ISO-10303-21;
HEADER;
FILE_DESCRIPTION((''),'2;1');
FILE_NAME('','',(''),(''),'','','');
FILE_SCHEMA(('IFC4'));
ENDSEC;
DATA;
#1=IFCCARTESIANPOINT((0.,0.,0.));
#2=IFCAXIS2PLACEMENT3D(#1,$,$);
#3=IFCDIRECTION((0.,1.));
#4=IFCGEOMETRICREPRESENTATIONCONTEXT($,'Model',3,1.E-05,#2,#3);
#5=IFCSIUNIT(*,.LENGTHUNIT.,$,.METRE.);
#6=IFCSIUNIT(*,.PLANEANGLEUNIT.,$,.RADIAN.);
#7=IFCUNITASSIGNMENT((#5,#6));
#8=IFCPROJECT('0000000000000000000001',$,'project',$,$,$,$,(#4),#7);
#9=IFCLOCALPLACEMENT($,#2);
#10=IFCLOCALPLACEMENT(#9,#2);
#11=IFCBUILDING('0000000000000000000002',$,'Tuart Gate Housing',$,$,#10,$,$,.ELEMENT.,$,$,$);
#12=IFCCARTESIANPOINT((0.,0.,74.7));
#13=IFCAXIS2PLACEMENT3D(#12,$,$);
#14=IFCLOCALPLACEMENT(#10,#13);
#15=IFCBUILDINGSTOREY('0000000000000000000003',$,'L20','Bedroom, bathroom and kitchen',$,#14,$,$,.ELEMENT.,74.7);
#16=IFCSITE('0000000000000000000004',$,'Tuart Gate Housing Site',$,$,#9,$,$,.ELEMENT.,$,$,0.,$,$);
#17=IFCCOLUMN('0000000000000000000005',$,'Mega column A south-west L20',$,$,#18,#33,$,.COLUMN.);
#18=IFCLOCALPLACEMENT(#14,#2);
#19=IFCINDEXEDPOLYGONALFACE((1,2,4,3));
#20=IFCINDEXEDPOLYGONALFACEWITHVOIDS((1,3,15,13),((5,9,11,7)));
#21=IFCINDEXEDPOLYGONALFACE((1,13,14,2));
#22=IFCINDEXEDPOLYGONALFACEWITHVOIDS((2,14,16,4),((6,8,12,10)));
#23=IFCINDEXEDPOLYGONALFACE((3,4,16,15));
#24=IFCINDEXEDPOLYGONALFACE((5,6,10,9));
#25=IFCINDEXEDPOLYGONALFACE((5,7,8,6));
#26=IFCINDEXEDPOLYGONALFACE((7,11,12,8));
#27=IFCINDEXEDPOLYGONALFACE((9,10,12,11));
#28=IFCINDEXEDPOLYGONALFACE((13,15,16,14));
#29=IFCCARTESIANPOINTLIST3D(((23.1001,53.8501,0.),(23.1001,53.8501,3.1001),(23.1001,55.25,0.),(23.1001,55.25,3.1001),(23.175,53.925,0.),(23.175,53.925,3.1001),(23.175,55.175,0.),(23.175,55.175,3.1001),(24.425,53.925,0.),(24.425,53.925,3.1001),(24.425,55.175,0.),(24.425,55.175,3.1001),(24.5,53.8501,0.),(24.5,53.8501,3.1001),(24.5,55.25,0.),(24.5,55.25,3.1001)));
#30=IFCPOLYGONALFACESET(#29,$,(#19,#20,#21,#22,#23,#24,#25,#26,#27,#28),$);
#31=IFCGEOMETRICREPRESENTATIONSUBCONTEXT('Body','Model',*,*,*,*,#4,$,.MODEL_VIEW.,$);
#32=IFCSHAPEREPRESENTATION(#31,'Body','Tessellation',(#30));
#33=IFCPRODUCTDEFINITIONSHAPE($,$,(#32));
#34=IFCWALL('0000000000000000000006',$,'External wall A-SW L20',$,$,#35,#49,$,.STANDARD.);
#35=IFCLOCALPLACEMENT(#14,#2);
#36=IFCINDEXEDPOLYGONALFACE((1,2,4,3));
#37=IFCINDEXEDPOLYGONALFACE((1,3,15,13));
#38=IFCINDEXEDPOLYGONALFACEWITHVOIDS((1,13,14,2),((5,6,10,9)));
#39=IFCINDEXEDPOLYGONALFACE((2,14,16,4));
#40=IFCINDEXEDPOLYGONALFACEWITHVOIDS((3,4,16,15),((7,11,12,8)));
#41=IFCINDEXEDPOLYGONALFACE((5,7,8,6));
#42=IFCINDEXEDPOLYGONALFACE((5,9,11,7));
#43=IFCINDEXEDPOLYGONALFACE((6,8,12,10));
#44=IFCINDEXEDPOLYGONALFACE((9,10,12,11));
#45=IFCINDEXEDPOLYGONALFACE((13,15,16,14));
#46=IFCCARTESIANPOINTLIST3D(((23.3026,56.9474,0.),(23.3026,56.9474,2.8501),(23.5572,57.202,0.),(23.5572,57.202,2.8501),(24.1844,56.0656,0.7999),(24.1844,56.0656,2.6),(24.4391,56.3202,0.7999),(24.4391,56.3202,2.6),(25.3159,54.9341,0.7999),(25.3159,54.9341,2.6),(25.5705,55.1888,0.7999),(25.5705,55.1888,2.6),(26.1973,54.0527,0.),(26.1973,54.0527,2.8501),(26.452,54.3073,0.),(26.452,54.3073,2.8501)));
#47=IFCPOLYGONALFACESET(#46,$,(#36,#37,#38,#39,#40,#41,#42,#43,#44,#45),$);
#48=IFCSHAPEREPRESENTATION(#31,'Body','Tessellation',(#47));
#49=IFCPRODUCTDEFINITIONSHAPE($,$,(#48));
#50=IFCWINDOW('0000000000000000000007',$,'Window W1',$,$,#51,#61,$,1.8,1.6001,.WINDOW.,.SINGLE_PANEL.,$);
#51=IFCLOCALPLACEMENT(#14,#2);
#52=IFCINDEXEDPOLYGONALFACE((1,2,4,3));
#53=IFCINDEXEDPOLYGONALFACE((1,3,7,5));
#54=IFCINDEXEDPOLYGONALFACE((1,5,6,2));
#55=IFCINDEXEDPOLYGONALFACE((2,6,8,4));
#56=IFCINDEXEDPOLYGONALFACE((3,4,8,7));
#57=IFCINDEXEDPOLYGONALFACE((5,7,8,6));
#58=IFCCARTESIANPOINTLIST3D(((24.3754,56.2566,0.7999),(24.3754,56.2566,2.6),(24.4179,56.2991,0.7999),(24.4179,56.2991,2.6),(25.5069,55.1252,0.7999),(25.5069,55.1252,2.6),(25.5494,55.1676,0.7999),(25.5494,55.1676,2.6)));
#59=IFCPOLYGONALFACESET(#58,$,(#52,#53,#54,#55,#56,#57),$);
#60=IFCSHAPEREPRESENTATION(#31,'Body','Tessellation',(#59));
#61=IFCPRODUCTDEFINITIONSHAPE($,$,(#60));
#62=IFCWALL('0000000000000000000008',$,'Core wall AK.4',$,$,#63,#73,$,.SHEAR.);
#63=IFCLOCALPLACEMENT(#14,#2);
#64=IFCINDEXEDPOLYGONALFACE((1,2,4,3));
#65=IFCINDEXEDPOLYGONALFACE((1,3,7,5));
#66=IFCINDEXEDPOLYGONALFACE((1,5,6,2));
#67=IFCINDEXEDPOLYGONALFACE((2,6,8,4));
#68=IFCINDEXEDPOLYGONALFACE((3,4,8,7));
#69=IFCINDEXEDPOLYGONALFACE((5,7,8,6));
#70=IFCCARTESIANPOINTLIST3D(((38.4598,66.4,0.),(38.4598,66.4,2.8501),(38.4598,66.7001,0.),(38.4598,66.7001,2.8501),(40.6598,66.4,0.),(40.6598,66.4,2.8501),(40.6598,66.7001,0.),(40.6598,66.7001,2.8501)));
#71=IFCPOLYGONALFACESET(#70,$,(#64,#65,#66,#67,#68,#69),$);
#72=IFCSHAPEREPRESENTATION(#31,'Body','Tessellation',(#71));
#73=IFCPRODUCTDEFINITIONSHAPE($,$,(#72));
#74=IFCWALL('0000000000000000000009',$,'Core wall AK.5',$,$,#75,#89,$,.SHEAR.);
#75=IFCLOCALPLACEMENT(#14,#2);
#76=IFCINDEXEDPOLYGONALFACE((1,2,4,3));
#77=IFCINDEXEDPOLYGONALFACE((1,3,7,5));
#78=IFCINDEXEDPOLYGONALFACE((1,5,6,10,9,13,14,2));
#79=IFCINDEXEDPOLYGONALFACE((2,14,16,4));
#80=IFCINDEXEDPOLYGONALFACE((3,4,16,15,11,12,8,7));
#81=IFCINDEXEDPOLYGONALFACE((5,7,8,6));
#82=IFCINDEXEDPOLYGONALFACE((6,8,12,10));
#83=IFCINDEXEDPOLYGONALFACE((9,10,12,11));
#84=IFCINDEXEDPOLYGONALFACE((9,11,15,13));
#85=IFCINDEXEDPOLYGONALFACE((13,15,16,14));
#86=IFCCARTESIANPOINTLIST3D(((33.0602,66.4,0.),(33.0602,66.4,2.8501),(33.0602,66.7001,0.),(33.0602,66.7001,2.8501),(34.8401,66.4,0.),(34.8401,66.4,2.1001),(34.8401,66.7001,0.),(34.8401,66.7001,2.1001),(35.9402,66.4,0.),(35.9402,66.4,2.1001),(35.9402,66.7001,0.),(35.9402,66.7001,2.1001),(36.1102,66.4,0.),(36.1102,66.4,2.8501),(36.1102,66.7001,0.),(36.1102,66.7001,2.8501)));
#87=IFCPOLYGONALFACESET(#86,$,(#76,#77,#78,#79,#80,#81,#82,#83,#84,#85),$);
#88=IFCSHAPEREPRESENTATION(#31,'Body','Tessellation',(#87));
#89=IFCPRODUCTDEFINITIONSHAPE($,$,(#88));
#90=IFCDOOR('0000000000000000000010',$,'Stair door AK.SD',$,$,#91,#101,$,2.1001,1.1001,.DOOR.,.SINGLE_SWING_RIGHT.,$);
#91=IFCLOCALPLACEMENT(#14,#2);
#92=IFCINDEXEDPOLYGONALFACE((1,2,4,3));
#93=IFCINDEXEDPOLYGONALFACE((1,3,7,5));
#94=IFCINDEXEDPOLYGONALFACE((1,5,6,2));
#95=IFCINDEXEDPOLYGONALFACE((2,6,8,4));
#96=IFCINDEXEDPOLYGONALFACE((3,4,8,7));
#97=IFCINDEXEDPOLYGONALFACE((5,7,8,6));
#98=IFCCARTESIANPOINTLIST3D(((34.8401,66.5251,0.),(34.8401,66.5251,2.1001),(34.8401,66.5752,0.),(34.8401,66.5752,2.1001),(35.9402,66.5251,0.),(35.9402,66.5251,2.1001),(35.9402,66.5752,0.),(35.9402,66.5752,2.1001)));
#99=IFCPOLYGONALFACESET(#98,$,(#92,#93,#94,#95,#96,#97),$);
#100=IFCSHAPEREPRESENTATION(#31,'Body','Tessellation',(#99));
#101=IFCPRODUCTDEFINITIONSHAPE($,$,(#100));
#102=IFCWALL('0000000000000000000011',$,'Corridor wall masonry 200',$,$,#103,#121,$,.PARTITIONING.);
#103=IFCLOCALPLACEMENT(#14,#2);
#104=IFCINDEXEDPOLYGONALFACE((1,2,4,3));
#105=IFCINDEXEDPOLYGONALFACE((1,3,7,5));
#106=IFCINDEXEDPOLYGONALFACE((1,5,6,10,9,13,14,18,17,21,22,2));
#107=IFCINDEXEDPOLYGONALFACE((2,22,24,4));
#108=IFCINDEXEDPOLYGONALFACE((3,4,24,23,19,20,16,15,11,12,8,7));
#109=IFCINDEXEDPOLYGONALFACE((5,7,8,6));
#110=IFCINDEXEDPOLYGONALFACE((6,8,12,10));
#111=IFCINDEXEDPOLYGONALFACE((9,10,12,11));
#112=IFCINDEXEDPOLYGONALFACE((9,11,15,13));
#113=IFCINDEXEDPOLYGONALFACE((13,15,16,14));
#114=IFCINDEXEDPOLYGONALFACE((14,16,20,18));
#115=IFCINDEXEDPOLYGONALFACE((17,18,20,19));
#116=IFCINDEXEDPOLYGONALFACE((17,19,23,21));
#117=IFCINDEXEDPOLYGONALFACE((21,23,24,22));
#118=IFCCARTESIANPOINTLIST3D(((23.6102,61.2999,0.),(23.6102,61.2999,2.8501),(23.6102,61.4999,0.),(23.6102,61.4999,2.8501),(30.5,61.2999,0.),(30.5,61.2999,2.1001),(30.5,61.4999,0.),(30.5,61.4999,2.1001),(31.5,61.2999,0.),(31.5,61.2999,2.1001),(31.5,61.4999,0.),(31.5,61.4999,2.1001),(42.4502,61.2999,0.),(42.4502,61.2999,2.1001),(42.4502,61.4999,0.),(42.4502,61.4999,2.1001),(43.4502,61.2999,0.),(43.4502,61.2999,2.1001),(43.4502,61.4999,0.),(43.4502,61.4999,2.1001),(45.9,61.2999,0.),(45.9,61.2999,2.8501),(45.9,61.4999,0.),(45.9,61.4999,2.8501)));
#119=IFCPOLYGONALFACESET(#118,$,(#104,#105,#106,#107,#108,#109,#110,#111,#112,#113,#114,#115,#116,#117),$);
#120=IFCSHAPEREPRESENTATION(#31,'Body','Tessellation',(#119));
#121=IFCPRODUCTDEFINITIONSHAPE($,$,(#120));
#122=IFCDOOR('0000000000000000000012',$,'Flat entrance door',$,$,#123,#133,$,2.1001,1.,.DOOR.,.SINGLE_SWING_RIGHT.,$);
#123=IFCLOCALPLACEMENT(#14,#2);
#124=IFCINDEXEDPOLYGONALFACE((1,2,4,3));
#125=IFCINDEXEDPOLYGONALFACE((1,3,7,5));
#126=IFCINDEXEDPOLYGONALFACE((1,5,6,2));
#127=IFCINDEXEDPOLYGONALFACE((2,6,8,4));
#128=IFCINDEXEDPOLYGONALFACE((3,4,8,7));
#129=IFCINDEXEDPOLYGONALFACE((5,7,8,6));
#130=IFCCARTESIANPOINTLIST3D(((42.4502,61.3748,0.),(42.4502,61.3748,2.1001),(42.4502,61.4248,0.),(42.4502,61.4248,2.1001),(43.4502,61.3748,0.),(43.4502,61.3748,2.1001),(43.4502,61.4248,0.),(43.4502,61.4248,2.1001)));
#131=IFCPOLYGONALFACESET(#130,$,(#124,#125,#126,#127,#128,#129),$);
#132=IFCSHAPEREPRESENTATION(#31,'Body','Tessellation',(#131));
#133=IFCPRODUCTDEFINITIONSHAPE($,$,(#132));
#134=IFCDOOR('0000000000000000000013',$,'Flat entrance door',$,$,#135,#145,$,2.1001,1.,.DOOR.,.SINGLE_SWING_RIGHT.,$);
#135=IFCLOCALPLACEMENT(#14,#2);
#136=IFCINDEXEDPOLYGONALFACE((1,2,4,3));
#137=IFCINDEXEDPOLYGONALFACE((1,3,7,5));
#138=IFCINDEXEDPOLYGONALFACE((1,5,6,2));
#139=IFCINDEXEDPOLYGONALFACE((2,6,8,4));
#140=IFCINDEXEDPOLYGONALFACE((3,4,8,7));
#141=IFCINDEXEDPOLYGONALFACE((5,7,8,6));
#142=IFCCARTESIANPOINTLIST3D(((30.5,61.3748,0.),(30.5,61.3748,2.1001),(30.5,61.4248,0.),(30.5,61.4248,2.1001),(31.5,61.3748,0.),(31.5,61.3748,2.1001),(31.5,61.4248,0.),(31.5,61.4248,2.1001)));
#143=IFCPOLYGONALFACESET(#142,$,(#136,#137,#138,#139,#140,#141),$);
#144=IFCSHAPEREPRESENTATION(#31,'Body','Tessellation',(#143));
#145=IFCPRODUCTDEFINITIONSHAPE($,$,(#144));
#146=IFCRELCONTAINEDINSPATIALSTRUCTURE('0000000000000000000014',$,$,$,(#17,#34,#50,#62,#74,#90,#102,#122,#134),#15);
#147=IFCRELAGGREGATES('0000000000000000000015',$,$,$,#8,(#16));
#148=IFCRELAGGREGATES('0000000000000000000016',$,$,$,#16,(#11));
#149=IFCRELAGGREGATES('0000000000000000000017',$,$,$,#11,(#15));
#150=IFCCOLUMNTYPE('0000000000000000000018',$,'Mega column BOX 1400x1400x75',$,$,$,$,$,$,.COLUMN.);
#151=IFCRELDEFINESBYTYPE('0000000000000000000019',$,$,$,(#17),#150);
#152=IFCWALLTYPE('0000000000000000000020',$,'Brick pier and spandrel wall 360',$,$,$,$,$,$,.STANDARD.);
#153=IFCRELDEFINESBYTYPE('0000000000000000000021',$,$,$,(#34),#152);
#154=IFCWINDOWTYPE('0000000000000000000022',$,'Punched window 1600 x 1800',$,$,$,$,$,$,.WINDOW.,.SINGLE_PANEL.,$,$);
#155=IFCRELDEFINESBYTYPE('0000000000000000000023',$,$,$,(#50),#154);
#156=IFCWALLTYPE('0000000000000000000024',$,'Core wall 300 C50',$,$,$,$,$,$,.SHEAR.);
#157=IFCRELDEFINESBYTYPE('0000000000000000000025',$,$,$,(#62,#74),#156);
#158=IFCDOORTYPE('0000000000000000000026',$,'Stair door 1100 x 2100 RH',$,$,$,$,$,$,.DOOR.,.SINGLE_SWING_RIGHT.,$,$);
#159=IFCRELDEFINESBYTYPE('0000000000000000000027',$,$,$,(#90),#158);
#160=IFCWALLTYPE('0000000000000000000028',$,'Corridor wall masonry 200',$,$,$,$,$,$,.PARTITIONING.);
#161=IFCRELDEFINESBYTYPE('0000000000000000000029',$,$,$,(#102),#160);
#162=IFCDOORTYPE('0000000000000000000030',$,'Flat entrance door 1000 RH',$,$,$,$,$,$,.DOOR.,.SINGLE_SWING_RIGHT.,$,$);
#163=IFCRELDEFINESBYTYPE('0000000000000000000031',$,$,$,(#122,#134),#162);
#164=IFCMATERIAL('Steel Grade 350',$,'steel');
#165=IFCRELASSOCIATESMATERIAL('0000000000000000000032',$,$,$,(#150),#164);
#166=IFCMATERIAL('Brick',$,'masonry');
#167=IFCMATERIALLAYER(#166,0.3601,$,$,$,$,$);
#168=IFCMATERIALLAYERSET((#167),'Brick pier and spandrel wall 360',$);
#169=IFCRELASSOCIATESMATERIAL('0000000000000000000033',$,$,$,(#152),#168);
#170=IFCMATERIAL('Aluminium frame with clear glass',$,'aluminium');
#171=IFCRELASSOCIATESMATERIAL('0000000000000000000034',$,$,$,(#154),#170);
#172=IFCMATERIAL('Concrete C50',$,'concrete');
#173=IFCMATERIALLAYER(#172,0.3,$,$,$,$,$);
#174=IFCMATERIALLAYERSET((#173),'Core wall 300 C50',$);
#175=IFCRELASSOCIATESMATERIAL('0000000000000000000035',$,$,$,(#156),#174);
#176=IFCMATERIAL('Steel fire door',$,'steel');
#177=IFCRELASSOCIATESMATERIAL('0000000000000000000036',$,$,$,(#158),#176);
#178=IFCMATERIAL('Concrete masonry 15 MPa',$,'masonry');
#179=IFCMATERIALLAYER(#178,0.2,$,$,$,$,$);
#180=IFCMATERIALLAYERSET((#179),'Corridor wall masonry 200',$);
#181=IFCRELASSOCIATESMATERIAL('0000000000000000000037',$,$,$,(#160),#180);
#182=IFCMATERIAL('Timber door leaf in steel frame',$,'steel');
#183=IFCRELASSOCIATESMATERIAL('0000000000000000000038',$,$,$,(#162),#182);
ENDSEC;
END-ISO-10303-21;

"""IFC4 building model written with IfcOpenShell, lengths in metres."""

from ifc_helpers import new_model, si_unit, direction, frame, frame_2d, origin, origin_2d, place, context, subcontext, project, spatial, rectangle, hollow_rectangle, extrude, material, layer, layer_set, material_profile, profile_set, type_object, element, fill, save


model = new_model("IFC4")

# Units and contexts
model_context = context("Model", 3, precision=1e-05, world=origin(), true_north=direction((0.0, 1.0)))
body_context = subcontext(model_context, "Body", "Model", "MODEL_VIEW")
ifc_project = project(units=[si_unit("LENGTHUNIT", "METRE"), si_unit("PLANEANGLEUNIT", "RADIAN")], contexts=[model_context])

# Site, building, storey
site_placement = place(None, origin())
site = spatial("IfcSite", under=ifc_project, at=site_placement, Name="Tuart Gate Housing Site", CompositionType="ELEMENT", RefElevation=0.0)
building_placement = place(site_placement, origin())
building = spatial("IfcBuilding", under=site, at=building_placement, Name="Tuart Gate Housing", CompositionType="ELEMENT")
storey_placement = place(building_placement, frame((0.0, 0.0, 74.7)))
storey = spatial("IfcBuildingStorey", under=building, at=storey_placement, Name="L20", Description="Bedroom, bathroom and kitchen", CompositionType="ELEMENT", Elevation=74.7)

# Column
ifc_material_1 = material(Name="Steel Grade 350", Category="steel")
ifc_material_profile = material_profile(ifc_material_1, hollow_rectangle(XDim=1.3999, YDim=1.3999, WallThickness=0.075, at=origin_2d()), Name="BOX 1400x1400x75")
ifc_profile_set = profile_set([ifc_material_profile], Name="Steel Grade 350")
column_type = type_object("IfcColumnType", Name="Mega column BOX 1400x1400x75", PredefinedType="COLUMN", material=ifc_profile_set)
column_placement = place(storey_placement, frame((23.8, 54.55, 0.0), z_axis=(0.0, 0.0, 1.0), x_axis=(1.0, 0.0, 0.0)))
element("IfcColumn", 1, at=column_placement, inside=storey, type_object=column_type, Name="Mega column A south-west L20", PredefinedType="COLUMN", context=body_context, shape_type="SweptSolid", body=[
    extrude(hollow_rectangle(XDim=1.3999, YDim=1.3999, WallThickness=0.075, at=origin_2d()), origin(), (0.0, 0.0, 1.0), 3.1001),
])

# Wall, opening, window
ifc_material_2 = material(Name="Brick", Category="masonry")
ifc_layer_1 = layer(ifc_material_2, 0.3601)
ifc_layer_set_1 = layer_set([ifc_layer_1], Name="Brick pier and spandrel wall 360")
wall_type_1 = type_object("IfcWallType", Name="Brick pier and spandrel wall 360", PredefinedType="STANDARD", material=ifc_layer_set_1)
wall_1_placement = place(storey_placement, frame((23.4299, 57.0747, 0.0), z_axis=(0.0, 0.0, 1.0), x_axis=(0.707107, -0.707107, 0.0)))
wall_1 = element("IfcWall", 2, at=wall_1_placement, inside=storey, type_object=wall_type_1, Name="External wall A-SW L20", PredefinedType="STANDARD", context=body_context, shape_type="SweptSolid", body=[
    extrude(rectangle(XDim=4.0938, YDim=0.3601, at=frame_2d((2.0469, 0.0))), origin(), (0.0, 0.0, 1.0), 2.8501),
])
opening_1_placement = place(wall_1_placement, frame((1.2471, 0.0, 0.8)))
opening_1 = element("IfcOpeningElement", 3, at=opening_1_placement, cuts=wall_1, PredefinedType="OPENING", context=body_context, shape_type="SweptSolid", body=[
    extrude(rectangle(XDim=1.6001, YDim=1.8, at=frame_2d((0.8, 0.8999))), frame((0.0, 0.1899, 0.0), z_axis=(0.0, -1.0, 0.0), x_axis=(1.0, 0.0, 0.0)), (0.0, 0.0, 1.0), 0.3801),
])
ifc_material_3 = material(Name="Aluminium frame with clear glass", Category="aluminium")
window_type = type_object("IfcWindowType", Name="Punched window 1600 x 1800", PartitioningType="SINGLE_PANEL", PredefinedType="WINDOW", material=ifc_material_3)
window_placement = place(opening_1_placement, origin())
window = element("IfcWindow", 4, at=window_placement, inside=storey, type_object=window_type, Name="Window W1", OverallHeight=1.8, OverallWidth=1.6001, PartitioningType="SINGLE_PANEL", PredefinedType="WINDOW", context=body_context, shape_type="SweptSolid", body=[
    extrude(rectangle(XDim=1.6001, YDim=1.8, at=frame_2d((0.8, 0.8999))), frame((0.0, 0.1501, 0.0), z_axis=(0.0, -1.0, 0.0), x_axis=(1.0, 0.0, 0.0)), (0.0, 0.0, 1.0), 0.0601),
])
fill(opening_1, window)

# Wall
ifc_material_4 = material(Name="Concrete C50", Category="concrete")
ifc_layer_2 = layer(ifc_material_4, 0.3)
ifc_layer_set_2 = layer_set([ifc_layer_2], Name="Core wall 300 C50")
wall_type_2 = type_object("IfcWallType", Name="Core wall 300 C50", PredefinedType="SHEAR", material=ifc_layer_set_2)
wall_2_placement = place(storey_placement, frame((40.6599, 66.55, 0.0), z_axis=(0.0, 0.0, 1.0), x_axis=(-1.0, 0.0, 0.0)))
element("IfcWall", 5, at=wall_2_placement, inside=storey, type_object=wall_type_2, Name="Core wall AK.4", PredefinedType="SHEAR", context=body_context, shape_type="SweptSolid", body=[
    extrude(rectangle(XDim=2.2, YDim=0.3, at=frame_2d((1.1001, 0.0))), origin(), (0.0, 0.0, 1.0), 2.8501),
])

# Wall, opening, door
wall_3_placement = place(storey_placement, frame((36.1101, 66.55, 0.0), z_axis=(0.0, 0.0, 1.0), x_axis=(-1.0, 0.0, 0.0)))
wall_3 = element("IfcWall", 6, at=wall_3_placement, inside=storey, type_object=wall_type_2, Name="Core wall AK.5", PredefinedType="SHEAR", context=body_context, shape_type="SweptSolid", body=[
    extrude(rectangle(XDim=3.05, YDim=0.3, at=frame_2d((1.5249, 0.0))), origin(), (0.0, 0.0, 1.0), 2.8501),
])
opening_2_placement = place(wall_3_placement, frame((0.1699, 0.0, 0.0)))
opening_2 = element("IfcOpeningElement", 7, at=opening_2_placement, cuts=wall_3, PredefinedType="OPENING", context=body_context, shape_type="SweptSolid", body=[
    extrude(rectangle(XDim=1.1001, YDim=2.1001, at=frame_2d((0.55, 1.05))), frame((0.0, 0.1599, 0.0), z_axis=(0.0, -1.0, 0.0), x_axis=(1.0, 0.0, 0.0)), (0.0, 0.0, 1.0), 0.3201),
])
ifc_material_5 = material(Name="Steel fire door", Category="steel")
door_type_1 = type_object("IfcDoorType", Name="Stair door 1100 x 2100 RH", OperationType="SINGLE_SWING_RIGHT", PredefinedType="DOOR", material=ifc_material_5)
door_1_placement = place(opening_2_placement, frame((1.1001, 0.0, 0.0), z_axis=(0.0, 0.0, 1.0), x_axis=(-1.0, 0.0, 0.0)))
door_1 = element("IfcDoor", 8, at=door_1_placement, inside=storey, type_object=door_type_1, Name="Stair door AK.SD", OperationType="SINGLE_SWING_RIGHT", OverallHeight=2.1001, OverallWidth=1.1001, PredefinedType="DOOR", context=body_context, shape_type="SweptSolid", body=[
    extrude(rectangle(XDim=1.1001, YDim=2.1001, at=frame_2d((0.55, 1.05))), frame((0.0, 0.0251, 0.0), z_axis=(0.0, -1.0, 0.0), x_axis=(1.0, 0.0, 0.0)), (0.0, 0.0, 1.0), 0.05),
])
fill(opening_2, door_1)

# Wall, openings, doors
ifc_material_6 = material(Name="Concrete masonry 15 MPa", Category="masonry")
ifc_layer_3 = layer(ifc_material_6, 0.2)
ifc_layer_set_3 = layer_set([ifc_layer_3], Name="Corridor wall masonry 200")
wall_type_3 = type_object("IfcWallType", Name="Corridor wall masonry 200", PredefinedType="PARTITIONING", material=ifc_layer_set_3)
wall_4_placement = place(storey_placement, frame((23.6101, 61.3999, 0.0), z_axis=(0.0, 0.0, 1.0), x_axis=(1.0, 0.0, 0.0)))
wall_4 = element("IfcWall", 9, at=wall_4_placement, inside=storey, type_object=wall_type_3, Name="Corridor wall masonry 200", PredefinedType="PARTITIONING", context=body_context, shape_type="SweptSolid", body=[
    extrude(rectangle(XDim=22.2898, YDim=0.2, at=frame_2d((11.145, 0.0))), origin(), (0.0, 0.0, 1.0), 2.8501),
])
opening_3_placement = place(wall_4_placement, frame((18.8401, 0.0, 0.0)))
opening_3 = element("IfcOpeningElement", 10, at=opening_3_placement, cuts=wall_4, PredefinedType="OPENING", context=body_context, shape_type="SweptSolid", body=[
    extrude(rectangle(XDim=1.0, YDim=2.1001, at=frame_2d((0.5, 1.05))), frame((0.0, 0.1099, 0.0), z_axis=(0.0, -1.0, 0.0), x_axis=(1.0, 0.0, 0.0)), (0.0, 0.0, 1.0), 0.22),
])
opening_4_placement = place(wall_4_placement, frame((6.8899, 0.0, 0.0)))
opening_4 = element("IfcOpeningElement", 11, at=opening_4_placement, cuts=wall_4, PredefinedType="OPENING", context=body_context, shape_type="SweptSolid", body=[
    extrude(rectangle(XDim=1.0, YDim=2.1001, at=frame_2d((0.5, 1.05))), frame((0.0, 0.1099, 0.0), z_axis=(0.0, -1.0, 0.0), x_axis=(1.0, 0.0, 0.0)), (0.0, 0.0, 1.0), 0.22),
])
ifc_material_7 = material(Name="Timber door leaf in steel frame", Category="steel")
door_type_2 = type_object("IfcDoorType", Name="Flat entrance door 1000 RH", OperationType="SINGLE_SWING_RIGHT", PredefinedType="DOOR", material=ifc_material_7)
door_2_placement = place(opening_3_placement, frame((1.0, 0.0, 0.0), z_axis=(0.0, 0.0, 1.0), x_axis=(-1.0, 0.0, 0.0)))
door_2 = element("IfcDoor", 12, at=door_2_placement, inside=storey, type_object=door_type_2, Name="Flat entrance door", OperationType="SINGLE_SWING_RIGHT", OverallHeight=2.1001, OverallWidth=1.0, PredefinedType="DOOR", context=body_context, shape_type="SweptSolid", body=[
    extrude(rectangle(XDim=1.0, YDim=2.1001, at=frame_2d((0.5, 1.05))), frame((0.0, 0.0251, 0.0), z_axis=(0.0, -1.0, 0.0), x_axis=(1.0, 0.0, 0.0)), (0.0, 0.0, 1.0), 0.05),
])
fill(opening_3, door_2)
door_3_placement = place(opening_4_placement, frame((1.0, 0.0, 0.0), z_axis=(0.0, 0.0, 1.0), x_axis=(-1.0, 0.0, 0.0)))
door_3 = element("IfcDoor", 13, at=door_3_placement, inside=storey, type_object=door_type_2, Name="Flat entrance door", OperationType="SINGLE_SWING_RIGHT", OverallHeight=2.1001, OverallWidth=1.0, PredefinedType="DOOR", context=body_context, shape_type="SweptSolid", body=[
    extrude(rectangle(XDim=1.0, YDim=2.1001, at=frame_2d((0.5, 1.05))), frame((0.0, 0.0251, 0.0), z_axis=(0.0, -1.0, 0.0), x_axis=(1.0, 0.0, 0.0)), (0.0, 0.0, 1.0), 0.05),
])
fill(opening_4, door_3)

save(model, "model.ifc")
